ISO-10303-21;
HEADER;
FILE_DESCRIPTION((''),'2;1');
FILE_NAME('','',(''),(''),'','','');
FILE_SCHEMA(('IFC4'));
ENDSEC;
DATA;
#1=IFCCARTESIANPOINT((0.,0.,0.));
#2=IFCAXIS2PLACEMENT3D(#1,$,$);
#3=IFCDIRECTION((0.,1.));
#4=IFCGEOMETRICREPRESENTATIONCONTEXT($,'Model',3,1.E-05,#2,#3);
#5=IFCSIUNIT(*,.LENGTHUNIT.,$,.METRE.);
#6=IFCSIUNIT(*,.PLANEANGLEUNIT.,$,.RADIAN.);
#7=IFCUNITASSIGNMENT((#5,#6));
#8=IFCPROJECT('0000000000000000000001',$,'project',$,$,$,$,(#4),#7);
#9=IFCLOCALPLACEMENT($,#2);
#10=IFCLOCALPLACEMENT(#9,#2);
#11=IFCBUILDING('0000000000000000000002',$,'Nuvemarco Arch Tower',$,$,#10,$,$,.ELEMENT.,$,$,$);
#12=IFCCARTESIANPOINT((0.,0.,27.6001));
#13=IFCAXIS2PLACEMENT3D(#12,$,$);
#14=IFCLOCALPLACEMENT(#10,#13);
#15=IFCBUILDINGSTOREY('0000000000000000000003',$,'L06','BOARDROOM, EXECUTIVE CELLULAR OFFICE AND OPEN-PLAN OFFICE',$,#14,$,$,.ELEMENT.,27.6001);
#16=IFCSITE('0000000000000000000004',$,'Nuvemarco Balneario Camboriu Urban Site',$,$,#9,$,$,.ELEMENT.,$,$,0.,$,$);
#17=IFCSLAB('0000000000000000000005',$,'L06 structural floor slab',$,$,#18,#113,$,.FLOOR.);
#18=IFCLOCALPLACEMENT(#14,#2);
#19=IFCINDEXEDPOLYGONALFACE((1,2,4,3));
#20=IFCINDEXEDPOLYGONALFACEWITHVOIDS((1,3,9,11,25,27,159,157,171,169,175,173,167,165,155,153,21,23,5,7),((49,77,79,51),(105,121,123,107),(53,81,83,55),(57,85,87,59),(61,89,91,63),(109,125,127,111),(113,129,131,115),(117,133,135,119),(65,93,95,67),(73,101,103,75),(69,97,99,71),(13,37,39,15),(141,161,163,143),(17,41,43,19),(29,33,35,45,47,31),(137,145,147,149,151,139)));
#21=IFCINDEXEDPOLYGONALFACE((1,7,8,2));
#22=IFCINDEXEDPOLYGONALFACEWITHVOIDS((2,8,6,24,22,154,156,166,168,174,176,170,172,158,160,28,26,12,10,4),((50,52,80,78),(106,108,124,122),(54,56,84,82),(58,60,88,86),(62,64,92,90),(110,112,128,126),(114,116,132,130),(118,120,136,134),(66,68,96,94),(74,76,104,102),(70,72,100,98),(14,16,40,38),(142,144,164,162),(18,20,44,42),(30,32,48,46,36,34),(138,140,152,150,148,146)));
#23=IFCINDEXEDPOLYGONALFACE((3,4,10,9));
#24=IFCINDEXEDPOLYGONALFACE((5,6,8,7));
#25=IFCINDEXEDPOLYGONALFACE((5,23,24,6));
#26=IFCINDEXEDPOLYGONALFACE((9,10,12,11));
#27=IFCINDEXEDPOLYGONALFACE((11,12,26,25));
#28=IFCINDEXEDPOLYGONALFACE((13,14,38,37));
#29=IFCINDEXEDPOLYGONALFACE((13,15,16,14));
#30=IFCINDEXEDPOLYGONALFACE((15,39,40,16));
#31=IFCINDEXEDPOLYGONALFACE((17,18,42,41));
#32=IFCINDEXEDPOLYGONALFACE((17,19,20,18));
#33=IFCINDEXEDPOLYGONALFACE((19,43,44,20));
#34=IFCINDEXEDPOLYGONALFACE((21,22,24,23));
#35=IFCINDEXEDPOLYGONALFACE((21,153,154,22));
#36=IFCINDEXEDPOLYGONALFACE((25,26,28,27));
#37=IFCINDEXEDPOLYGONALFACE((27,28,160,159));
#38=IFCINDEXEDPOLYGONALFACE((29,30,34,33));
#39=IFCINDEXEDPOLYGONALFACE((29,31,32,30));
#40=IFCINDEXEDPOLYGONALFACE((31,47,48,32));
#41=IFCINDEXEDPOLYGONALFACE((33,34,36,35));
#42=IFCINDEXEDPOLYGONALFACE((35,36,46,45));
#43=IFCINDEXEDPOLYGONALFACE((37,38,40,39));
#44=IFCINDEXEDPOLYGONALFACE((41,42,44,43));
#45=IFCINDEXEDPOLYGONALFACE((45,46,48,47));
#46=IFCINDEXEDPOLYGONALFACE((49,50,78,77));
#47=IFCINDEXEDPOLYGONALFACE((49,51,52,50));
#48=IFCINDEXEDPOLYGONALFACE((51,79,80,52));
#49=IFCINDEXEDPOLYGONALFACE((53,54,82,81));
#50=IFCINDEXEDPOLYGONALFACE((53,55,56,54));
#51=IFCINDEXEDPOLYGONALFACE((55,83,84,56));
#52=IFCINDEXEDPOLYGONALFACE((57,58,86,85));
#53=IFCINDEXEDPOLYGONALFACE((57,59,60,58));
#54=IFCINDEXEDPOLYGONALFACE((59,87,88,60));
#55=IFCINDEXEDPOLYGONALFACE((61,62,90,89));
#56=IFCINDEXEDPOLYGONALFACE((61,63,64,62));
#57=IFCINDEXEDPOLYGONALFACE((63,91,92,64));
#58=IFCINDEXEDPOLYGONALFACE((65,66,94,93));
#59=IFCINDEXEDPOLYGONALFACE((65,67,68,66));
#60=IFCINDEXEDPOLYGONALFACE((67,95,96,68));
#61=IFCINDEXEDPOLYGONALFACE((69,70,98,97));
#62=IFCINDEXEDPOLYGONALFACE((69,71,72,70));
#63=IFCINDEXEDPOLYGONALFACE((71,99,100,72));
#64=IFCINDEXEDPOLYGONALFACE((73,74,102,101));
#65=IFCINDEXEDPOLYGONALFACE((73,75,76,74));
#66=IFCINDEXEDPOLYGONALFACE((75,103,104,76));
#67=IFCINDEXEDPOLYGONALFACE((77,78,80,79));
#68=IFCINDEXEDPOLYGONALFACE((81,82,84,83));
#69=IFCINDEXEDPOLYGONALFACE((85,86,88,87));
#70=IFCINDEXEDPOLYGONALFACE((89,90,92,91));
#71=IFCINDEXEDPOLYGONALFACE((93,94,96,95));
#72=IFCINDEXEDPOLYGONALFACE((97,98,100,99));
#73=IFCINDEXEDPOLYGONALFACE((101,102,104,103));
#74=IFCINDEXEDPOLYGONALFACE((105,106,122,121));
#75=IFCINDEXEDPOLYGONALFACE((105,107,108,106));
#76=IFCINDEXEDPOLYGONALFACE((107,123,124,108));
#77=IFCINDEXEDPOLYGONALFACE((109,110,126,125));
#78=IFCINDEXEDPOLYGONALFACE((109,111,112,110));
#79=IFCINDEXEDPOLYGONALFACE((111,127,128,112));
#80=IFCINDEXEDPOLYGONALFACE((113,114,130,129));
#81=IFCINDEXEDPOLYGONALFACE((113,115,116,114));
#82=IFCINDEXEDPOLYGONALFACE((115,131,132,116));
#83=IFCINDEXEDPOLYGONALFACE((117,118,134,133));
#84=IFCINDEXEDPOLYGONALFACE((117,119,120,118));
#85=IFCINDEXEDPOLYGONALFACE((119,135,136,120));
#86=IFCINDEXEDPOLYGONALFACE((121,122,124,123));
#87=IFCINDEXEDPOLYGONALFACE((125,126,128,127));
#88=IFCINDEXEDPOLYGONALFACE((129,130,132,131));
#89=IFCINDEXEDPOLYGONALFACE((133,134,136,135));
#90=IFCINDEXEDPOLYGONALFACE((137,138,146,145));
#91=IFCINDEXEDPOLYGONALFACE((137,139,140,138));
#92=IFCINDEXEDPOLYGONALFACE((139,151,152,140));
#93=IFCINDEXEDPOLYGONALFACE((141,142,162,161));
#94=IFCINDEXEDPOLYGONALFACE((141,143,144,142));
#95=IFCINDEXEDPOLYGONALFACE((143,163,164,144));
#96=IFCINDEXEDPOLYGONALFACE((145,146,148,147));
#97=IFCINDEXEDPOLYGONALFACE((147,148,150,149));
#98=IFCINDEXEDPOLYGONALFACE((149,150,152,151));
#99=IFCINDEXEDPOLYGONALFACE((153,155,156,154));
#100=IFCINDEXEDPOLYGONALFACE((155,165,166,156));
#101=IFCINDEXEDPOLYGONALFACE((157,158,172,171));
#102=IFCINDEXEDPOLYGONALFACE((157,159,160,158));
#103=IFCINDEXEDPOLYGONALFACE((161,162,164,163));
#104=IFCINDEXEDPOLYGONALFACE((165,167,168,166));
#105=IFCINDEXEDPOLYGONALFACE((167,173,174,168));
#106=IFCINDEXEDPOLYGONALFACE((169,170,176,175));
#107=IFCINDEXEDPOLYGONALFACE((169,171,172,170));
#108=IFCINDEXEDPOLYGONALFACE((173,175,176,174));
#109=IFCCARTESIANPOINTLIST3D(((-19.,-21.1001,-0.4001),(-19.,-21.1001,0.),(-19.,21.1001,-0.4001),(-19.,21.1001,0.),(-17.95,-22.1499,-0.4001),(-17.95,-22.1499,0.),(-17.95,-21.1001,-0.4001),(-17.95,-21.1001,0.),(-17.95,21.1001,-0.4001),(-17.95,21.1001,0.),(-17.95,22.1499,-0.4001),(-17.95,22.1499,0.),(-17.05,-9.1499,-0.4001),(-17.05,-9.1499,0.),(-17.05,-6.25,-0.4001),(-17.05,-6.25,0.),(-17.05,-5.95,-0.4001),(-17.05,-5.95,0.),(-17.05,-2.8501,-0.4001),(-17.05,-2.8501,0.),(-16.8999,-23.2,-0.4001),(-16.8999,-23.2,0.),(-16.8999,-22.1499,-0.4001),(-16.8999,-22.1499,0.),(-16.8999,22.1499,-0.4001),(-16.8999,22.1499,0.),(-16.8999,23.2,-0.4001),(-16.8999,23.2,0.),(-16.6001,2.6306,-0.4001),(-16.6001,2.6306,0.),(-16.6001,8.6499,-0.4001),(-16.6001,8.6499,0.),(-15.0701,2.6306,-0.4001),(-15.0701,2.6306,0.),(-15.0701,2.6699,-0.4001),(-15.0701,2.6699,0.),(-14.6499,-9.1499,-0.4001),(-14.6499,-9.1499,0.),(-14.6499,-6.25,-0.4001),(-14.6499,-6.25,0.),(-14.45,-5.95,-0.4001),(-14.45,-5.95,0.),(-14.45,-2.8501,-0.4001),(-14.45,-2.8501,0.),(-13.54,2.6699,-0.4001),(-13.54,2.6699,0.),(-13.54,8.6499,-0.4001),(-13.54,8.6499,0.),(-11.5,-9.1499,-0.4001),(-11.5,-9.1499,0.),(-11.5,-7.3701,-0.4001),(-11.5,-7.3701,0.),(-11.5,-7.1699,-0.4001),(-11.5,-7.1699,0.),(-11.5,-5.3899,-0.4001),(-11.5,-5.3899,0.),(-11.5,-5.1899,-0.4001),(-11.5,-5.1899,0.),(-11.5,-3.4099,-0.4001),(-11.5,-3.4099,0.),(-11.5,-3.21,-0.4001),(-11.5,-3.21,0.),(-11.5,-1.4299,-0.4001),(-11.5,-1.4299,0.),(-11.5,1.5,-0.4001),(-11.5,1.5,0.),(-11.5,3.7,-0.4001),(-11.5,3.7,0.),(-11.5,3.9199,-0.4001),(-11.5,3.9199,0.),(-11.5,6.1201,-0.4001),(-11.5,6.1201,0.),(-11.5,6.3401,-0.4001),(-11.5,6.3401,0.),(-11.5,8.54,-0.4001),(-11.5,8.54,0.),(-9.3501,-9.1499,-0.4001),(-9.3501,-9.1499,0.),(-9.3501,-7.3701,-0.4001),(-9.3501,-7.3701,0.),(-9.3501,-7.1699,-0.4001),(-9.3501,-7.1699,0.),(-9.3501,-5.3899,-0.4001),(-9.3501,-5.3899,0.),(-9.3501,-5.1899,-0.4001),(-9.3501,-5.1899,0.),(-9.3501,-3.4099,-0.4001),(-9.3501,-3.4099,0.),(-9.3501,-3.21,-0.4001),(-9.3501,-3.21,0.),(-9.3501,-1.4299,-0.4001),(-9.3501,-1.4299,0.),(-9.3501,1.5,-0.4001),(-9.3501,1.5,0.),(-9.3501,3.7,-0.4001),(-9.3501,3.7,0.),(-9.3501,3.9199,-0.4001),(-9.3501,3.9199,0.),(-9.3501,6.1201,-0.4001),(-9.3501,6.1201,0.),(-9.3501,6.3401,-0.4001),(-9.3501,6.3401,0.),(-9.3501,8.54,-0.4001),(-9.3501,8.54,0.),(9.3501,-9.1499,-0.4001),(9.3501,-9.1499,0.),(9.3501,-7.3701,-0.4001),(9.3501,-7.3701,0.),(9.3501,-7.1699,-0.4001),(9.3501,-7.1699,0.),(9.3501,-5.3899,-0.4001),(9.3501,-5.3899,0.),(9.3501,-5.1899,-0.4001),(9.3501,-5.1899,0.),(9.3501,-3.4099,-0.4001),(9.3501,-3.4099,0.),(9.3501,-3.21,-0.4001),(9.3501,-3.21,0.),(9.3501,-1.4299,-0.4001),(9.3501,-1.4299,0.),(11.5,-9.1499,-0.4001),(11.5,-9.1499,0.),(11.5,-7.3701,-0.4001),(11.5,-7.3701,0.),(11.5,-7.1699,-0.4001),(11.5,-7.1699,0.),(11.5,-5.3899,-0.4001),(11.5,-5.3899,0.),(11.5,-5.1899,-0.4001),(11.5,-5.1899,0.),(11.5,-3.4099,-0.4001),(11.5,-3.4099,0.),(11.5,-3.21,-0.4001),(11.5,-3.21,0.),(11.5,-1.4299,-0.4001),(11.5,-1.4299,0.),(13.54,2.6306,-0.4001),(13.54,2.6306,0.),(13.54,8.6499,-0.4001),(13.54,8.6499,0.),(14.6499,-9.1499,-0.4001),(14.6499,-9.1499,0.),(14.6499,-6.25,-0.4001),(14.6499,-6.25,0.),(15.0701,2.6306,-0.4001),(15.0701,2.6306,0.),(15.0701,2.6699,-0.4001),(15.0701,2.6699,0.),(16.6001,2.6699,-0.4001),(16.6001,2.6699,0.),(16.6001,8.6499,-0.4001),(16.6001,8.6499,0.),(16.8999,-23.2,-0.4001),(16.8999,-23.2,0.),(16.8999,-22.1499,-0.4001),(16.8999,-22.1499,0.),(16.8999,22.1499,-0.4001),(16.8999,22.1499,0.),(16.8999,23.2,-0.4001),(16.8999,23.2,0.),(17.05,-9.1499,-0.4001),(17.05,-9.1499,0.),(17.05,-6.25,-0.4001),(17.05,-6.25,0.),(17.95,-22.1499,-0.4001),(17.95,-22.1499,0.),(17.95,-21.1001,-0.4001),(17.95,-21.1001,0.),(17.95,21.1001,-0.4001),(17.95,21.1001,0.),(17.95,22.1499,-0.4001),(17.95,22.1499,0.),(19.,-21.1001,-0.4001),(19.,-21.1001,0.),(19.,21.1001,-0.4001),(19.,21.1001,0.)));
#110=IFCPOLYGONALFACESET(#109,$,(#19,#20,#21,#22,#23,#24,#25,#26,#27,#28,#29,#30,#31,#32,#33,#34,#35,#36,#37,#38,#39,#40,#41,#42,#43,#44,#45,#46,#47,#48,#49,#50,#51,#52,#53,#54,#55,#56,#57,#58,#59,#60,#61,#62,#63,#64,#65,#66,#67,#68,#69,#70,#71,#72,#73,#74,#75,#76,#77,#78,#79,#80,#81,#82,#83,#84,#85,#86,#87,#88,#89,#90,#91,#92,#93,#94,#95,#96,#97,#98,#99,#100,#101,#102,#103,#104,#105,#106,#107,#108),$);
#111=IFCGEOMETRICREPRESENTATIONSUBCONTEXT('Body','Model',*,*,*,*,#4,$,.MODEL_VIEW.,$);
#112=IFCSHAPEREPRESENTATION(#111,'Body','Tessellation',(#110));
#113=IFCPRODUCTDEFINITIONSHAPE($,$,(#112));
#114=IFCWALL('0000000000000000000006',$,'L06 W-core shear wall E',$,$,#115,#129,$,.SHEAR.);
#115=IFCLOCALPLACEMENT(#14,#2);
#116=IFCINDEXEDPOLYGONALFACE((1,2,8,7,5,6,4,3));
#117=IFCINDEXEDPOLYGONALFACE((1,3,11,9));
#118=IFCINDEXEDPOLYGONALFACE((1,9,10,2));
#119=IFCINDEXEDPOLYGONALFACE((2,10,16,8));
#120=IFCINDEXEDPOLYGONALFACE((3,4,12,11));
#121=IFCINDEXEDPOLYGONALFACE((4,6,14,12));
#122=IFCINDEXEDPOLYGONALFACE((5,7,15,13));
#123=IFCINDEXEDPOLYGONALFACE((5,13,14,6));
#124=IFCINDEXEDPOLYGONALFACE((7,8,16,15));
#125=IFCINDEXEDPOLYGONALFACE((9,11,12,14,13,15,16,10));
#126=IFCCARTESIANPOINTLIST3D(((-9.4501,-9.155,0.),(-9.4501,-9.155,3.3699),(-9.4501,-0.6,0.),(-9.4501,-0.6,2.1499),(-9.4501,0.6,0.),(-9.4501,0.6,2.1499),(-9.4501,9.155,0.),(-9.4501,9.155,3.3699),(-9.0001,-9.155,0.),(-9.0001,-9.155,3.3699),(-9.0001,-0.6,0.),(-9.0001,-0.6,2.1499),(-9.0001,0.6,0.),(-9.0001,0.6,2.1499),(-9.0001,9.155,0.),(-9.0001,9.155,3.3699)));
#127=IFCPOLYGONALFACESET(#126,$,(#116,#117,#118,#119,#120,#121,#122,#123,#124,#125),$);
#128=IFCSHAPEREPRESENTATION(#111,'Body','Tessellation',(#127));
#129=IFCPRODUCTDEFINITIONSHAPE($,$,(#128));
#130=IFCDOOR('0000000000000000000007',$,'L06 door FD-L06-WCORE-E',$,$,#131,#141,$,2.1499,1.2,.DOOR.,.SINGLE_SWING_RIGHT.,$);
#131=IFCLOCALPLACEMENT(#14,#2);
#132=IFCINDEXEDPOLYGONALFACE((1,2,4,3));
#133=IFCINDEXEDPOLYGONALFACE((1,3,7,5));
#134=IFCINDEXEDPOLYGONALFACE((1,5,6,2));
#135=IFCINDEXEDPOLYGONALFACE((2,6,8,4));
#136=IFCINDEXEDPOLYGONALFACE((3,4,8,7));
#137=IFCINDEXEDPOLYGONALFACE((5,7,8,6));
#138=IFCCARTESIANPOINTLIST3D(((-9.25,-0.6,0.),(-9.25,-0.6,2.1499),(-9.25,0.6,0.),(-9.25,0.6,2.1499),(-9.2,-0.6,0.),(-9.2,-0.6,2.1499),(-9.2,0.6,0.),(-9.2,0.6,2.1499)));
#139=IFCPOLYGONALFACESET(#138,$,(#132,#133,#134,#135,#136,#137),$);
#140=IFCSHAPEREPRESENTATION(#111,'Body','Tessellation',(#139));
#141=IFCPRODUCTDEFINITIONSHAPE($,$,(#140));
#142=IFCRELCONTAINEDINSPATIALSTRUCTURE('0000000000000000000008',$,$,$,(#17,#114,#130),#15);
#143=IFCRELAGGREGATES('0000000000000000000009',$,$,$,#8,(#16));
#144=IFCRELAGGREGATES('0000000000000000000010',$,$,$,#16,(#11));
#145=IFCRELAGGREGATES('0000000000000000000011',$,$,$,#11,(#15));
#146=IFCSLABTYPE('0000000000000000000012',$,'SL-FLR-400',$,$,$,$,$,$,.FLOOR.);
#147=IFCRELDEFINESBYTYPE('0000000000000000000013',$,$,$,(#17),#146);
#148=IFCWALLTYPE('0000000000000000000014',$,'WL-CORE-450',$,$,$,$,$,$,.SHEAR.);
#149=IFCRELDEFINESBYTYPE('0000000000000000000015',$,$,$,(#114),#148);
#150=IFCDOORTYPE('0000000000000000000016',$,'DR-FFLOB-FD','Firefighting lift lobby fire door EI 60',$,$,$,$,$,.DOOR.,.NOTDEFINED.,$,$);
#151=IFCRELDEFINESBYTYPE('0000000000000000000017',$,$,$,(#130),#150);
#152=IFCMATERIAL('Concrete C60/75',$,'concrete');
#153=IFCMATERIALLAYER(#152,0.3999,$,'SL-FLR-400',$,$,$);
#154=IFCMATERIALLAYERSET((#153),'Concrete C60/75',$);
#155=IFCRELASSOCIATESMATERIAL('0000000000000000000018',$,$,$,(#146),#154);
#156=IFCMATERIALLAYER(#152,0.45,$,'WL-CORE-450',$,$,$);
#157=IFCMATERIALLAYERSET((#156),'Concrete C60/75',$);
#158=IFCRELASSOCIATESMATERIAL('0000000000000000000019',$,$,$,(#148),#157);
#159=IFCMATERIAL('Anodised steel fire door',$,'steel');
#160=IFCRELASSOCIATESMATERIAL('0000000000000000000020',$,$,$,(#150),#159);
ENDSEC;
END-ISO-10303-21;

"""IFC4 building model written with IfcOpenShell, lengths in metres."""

from ifc_helpers import new_model, si_unit, direction, frame, frame_2d, origin, place, context, subcontext, project, spatial, polyline, rectangle, outline, extrude, source, transform, mapped, material, layer, layer_set, type_object, type_shapes, element, fill, save


model = new_model("IFC4")

# Units and contexts
model_context = context("Model", 3, precision=1e-05, world=origin(), true_north=direction((0.0, 1.0)))
body_context = subcontext(model_context, "Body", "Model", "MODEL_VIEW")
ifc_project = project(units=[si_unit("LENGTHUNIT", "METRE"), si_unit("PLANEANGLEUNIT", "RADIAN")], contexts=[model_context])

# Site, building, storey
site_placement = place(None, origin())
site = spatial("IfcSite", under=ifc_project, at=site_placement, Name="Nuvemarco Balneario Camboriu Urban Site", CompositionType="ELEMENT", RefElevation=0.0)
building_placement = place(site_placement, origin())
building = spatial("IfcBuilding", under=site, at=building_placement, Name="Nuvemarco Arch Tower", CompositionType="ELEMENT")
storey_placement = place(building_placement, frame((0.0, 0.0, 27.6001)))
storey = spatial("IfcBuildingStorey", under=building, at=storey_placement, Name="L06", Description="BOARDROOM, EXECUTIVE CELLULAR OFFICE AND OPEN-PLAN OFFICE", CompositionType="ELEMENT", Elevation=27.6001)

# Shared definitions
ifc_material_1 = material(Name="Concrete C60/75", Category="concrete")

# Slab
ifc_layer_1 = layer(ifc_material_1, 0.3999, Name="SL-FLR-400")
ifc_layer_set_1 = layer_set([ifc_layer_1], Name="Concrete C60/75")
slab_type = type_object("IfcSlabType", Name="SL-FLR-400", PredefinedType="FLOOR", material=ifc_layer_set_1)
slab_placement = place(storey_placement, frame((0.0, 0.0, -0.4001)))
element("IfcSlab", 1, at=slab_placement, inside=storey, type_object=slab_type, Name="L06 structural floor slab", PredefinedType="FLOOR", context=body_context, shape_type="SweptSolid", body=[
    extrude(outline(polyline([(-16.8999, -23.2), (16.8999, -23.2), (16.8999, -22.1499), (17.95, -22.1499), (17.95, -21.1001), (19.0, -21.1001), (19.0, 21.1001), (17.95, 21.1001), (17.95, 22.1499), (16.8999, 22.1499), (16.8999, 23.2), (-16.8999, 23.2), (-16.8999, 22.1499), (-17.95, 22.1499), (-17.95, 21.1001), (-19.0, 21.1001), (-19.0, -21.1001), (-17.95, -21.1001), (-17.95, -22.1499), (-16.8999, -22.1499), (-16.8999, -23.2)]), holes=[polyline([(-13.54, 2.6699), (-13.54, 8.6499), (-16.6001, 8.6499), (-16.6001, 2.6306), (-15.0701, 2.6306), (-15.0701, 2.6699), (-13.54, 2.6699)]), polyline([(16.6001, 2.6699), (16.6001, 8.6499), (13.54, 8.6499), (13.54, 2.6306), (15.0701, 2.6306), (15.0701, 2.6699), (16.6001, 2.6699)]), polyline([(-17.05, -9.1499), (-14.6499, -9.1499), (-14.6499, -6.25), (-17.05, -6.25), (-17.05, -9.1499)]), polyline([(-17.05, -5.95), (-14.45, -5.95), (-14.45, -2.8501), (-17.05, -2.8501), (-17.05, -5.95)]), polyline([(-11.5, -9.1499), (-9.3501, -9.1499), (-9.3501, -7.3701), (-11.5, -7.3701), (-11.5, -9.1499)]), polyline([(-11.5, -7.1699), (-9.3501, -7.1699), (-9.3501, -5.3899), (-11.5, -5.3899), (-11.5, -7.1699)]), polyline([(-11.5, -5.1899), (-9.3501, -5.1899), (-9.3501, -3.4099), (-11.5, -3.4099), (-11.5, -5.1899)]), polyline([(-11.5, -3.21), (-9.3501, -3.21), (-9.3501, -1.4299), (-11.5, -1.4299), (-11.5, -3.21)]), polyline([(-11.5, 1.5), (-9.3501, 1.5), (-9.3501, 3.7), (-11.5, 3.7), (-11.5, 1.5)]), polyline([(-11.5, 3.9199), (-9.3501, 3.9199), (-9.3501, 6.1201), (-11.5, 6.1201), (-11.5, 3.9199)]), polyline([(-11.5, 6.3401), (-9.3501, 6.3401), (-9.3501, 8.54), (-11.5, 8.54), (-11.5, 6.3401)]), polyline([(14.6499, -9.1499), (17.05, -9.1499), (17.05, -6.25), (14.6499, -6.25), (14.6499, -9.1499)]), polyline([(9.3501, -9.1499), (11.5, -9.1499), (11.5, -7.3701), (9.3501, -7.3701), (9.3501, -9.1499)]), polyline([(9.3501, -7.1699), (11.5, -7.1699), (11.5, -5.3899), (9.3501, -5.3899), (9.3501, -7.1699)]), polyline([(9.3501, -5.1899), (11.5, -5.1899), (11.5, -3.4099), (9.3501, -3.4099), (9.3501, -5.1899)]), polyline([(9.3501, -3.21), (11.5, -3.21), (11.5, -1.4299), (9.3501, -1.4299), (9.3501, -3.21)])]), origin(), (0.0, 0.0, 1.0), 0.4001),
])

# Wall, opening, door
ifc_layer_2 = layer(ifc_material_1, 0.45, Name="WL-CORE-450")
ifc_layer_set_2 = layer_set([ifc_layer_2], Name="Concrete C60/75")
wall_type_1 = type_object("IfcWallType", Name="WL-CORE-450", PredefinedType="SHEAR", material=ifc_layer_set_2)
wall_1_placement = place(storey_placement, frame((-9.2251, -9.155, 0.0), z_axis=(0.0, 0.0, 1.0), x_axis=(0.0, 1.0, 0.0)))
wall_1 = element("IfcWall", 2, at=wall_1_placement, inside=storey, type_object=wall_type_1, Name="L06 W-core shear wall E", PredefinedType="SHEAR", context=body_context, shape_type="SweptSolid", body=[
    extrude(rectangle(XDim=18.3101, YDim=0.45, at=frame_2d((9.155, 0.0))), origin(), (0.0, 0.0, 1.0), 3.3699),
])
opening_1_placement = place(wall_1_placement, frame((8.5549, 0.0, 0.0)))
opening_1 = element("IfcOpeningElement", 3, at=opening_1_placement, cuts=wall_1, PredefinedType="OPENING", context=body_context, shape_type="SweptSolid", body=[
    extrude(rectangle(XDim=1.2, YDim=2.1499, at=frame_2d((0.6001, 1.075))), frame((0.0, 0.2349, 0.0), z_axis=(0.0, -1.0, 0.0), x_axis=(1.0, 0.0, 0.0)), (0.0, 0.0, 1.0), 0.47),
])
ifc_material_2 = material(Name="Anodised steel fire door", Category="steel")
door_type_1 = type_object("IfcDoorType", Name="DR-FFLOB-FD", Description="Firefighting lift lobby fire door EI 60", OperationType="NOTDEFINED", PredefinedType="DOOR", material=ifc_material_2)
shared_shape_1 = source(origin(), body_context, "Body", "SweptSolid", [
    extrude(rectangle(XDim=1.2, YDim=2.1499, at=frame_2d((0.6001, 1.075))), frame((0.0, 0.0249, 0.0), z_axis=(0.0, -1.0, 0.0), x_axis=(1.0, 0.0, 0.0)), (0.0, 0.0, 1.0), 0.05),
])
type_shapes(door_type_1, [shared_shape_1])
door_1_placement = place(opening_1_placement, origin())
door_1 = element("IfcDoor", 4, at=door_1_placement, inside=storey, type_object=door_type_1, Name="L06 door FD-L06-WCORE-E", OperationType="SINGLE_SWING_RIGHT", OverallHeight=2.1499, OverallWidth=1.2, PredefinedType="DOOR", context=body_context, shape_type="MappedRepresentation", body=[
    mapped(shared_shape_1, transform((0.0, 0.0, 0.0), scale=1.0)),
])
fill(opening_1, door_1)

save(model, "model.ifc")
